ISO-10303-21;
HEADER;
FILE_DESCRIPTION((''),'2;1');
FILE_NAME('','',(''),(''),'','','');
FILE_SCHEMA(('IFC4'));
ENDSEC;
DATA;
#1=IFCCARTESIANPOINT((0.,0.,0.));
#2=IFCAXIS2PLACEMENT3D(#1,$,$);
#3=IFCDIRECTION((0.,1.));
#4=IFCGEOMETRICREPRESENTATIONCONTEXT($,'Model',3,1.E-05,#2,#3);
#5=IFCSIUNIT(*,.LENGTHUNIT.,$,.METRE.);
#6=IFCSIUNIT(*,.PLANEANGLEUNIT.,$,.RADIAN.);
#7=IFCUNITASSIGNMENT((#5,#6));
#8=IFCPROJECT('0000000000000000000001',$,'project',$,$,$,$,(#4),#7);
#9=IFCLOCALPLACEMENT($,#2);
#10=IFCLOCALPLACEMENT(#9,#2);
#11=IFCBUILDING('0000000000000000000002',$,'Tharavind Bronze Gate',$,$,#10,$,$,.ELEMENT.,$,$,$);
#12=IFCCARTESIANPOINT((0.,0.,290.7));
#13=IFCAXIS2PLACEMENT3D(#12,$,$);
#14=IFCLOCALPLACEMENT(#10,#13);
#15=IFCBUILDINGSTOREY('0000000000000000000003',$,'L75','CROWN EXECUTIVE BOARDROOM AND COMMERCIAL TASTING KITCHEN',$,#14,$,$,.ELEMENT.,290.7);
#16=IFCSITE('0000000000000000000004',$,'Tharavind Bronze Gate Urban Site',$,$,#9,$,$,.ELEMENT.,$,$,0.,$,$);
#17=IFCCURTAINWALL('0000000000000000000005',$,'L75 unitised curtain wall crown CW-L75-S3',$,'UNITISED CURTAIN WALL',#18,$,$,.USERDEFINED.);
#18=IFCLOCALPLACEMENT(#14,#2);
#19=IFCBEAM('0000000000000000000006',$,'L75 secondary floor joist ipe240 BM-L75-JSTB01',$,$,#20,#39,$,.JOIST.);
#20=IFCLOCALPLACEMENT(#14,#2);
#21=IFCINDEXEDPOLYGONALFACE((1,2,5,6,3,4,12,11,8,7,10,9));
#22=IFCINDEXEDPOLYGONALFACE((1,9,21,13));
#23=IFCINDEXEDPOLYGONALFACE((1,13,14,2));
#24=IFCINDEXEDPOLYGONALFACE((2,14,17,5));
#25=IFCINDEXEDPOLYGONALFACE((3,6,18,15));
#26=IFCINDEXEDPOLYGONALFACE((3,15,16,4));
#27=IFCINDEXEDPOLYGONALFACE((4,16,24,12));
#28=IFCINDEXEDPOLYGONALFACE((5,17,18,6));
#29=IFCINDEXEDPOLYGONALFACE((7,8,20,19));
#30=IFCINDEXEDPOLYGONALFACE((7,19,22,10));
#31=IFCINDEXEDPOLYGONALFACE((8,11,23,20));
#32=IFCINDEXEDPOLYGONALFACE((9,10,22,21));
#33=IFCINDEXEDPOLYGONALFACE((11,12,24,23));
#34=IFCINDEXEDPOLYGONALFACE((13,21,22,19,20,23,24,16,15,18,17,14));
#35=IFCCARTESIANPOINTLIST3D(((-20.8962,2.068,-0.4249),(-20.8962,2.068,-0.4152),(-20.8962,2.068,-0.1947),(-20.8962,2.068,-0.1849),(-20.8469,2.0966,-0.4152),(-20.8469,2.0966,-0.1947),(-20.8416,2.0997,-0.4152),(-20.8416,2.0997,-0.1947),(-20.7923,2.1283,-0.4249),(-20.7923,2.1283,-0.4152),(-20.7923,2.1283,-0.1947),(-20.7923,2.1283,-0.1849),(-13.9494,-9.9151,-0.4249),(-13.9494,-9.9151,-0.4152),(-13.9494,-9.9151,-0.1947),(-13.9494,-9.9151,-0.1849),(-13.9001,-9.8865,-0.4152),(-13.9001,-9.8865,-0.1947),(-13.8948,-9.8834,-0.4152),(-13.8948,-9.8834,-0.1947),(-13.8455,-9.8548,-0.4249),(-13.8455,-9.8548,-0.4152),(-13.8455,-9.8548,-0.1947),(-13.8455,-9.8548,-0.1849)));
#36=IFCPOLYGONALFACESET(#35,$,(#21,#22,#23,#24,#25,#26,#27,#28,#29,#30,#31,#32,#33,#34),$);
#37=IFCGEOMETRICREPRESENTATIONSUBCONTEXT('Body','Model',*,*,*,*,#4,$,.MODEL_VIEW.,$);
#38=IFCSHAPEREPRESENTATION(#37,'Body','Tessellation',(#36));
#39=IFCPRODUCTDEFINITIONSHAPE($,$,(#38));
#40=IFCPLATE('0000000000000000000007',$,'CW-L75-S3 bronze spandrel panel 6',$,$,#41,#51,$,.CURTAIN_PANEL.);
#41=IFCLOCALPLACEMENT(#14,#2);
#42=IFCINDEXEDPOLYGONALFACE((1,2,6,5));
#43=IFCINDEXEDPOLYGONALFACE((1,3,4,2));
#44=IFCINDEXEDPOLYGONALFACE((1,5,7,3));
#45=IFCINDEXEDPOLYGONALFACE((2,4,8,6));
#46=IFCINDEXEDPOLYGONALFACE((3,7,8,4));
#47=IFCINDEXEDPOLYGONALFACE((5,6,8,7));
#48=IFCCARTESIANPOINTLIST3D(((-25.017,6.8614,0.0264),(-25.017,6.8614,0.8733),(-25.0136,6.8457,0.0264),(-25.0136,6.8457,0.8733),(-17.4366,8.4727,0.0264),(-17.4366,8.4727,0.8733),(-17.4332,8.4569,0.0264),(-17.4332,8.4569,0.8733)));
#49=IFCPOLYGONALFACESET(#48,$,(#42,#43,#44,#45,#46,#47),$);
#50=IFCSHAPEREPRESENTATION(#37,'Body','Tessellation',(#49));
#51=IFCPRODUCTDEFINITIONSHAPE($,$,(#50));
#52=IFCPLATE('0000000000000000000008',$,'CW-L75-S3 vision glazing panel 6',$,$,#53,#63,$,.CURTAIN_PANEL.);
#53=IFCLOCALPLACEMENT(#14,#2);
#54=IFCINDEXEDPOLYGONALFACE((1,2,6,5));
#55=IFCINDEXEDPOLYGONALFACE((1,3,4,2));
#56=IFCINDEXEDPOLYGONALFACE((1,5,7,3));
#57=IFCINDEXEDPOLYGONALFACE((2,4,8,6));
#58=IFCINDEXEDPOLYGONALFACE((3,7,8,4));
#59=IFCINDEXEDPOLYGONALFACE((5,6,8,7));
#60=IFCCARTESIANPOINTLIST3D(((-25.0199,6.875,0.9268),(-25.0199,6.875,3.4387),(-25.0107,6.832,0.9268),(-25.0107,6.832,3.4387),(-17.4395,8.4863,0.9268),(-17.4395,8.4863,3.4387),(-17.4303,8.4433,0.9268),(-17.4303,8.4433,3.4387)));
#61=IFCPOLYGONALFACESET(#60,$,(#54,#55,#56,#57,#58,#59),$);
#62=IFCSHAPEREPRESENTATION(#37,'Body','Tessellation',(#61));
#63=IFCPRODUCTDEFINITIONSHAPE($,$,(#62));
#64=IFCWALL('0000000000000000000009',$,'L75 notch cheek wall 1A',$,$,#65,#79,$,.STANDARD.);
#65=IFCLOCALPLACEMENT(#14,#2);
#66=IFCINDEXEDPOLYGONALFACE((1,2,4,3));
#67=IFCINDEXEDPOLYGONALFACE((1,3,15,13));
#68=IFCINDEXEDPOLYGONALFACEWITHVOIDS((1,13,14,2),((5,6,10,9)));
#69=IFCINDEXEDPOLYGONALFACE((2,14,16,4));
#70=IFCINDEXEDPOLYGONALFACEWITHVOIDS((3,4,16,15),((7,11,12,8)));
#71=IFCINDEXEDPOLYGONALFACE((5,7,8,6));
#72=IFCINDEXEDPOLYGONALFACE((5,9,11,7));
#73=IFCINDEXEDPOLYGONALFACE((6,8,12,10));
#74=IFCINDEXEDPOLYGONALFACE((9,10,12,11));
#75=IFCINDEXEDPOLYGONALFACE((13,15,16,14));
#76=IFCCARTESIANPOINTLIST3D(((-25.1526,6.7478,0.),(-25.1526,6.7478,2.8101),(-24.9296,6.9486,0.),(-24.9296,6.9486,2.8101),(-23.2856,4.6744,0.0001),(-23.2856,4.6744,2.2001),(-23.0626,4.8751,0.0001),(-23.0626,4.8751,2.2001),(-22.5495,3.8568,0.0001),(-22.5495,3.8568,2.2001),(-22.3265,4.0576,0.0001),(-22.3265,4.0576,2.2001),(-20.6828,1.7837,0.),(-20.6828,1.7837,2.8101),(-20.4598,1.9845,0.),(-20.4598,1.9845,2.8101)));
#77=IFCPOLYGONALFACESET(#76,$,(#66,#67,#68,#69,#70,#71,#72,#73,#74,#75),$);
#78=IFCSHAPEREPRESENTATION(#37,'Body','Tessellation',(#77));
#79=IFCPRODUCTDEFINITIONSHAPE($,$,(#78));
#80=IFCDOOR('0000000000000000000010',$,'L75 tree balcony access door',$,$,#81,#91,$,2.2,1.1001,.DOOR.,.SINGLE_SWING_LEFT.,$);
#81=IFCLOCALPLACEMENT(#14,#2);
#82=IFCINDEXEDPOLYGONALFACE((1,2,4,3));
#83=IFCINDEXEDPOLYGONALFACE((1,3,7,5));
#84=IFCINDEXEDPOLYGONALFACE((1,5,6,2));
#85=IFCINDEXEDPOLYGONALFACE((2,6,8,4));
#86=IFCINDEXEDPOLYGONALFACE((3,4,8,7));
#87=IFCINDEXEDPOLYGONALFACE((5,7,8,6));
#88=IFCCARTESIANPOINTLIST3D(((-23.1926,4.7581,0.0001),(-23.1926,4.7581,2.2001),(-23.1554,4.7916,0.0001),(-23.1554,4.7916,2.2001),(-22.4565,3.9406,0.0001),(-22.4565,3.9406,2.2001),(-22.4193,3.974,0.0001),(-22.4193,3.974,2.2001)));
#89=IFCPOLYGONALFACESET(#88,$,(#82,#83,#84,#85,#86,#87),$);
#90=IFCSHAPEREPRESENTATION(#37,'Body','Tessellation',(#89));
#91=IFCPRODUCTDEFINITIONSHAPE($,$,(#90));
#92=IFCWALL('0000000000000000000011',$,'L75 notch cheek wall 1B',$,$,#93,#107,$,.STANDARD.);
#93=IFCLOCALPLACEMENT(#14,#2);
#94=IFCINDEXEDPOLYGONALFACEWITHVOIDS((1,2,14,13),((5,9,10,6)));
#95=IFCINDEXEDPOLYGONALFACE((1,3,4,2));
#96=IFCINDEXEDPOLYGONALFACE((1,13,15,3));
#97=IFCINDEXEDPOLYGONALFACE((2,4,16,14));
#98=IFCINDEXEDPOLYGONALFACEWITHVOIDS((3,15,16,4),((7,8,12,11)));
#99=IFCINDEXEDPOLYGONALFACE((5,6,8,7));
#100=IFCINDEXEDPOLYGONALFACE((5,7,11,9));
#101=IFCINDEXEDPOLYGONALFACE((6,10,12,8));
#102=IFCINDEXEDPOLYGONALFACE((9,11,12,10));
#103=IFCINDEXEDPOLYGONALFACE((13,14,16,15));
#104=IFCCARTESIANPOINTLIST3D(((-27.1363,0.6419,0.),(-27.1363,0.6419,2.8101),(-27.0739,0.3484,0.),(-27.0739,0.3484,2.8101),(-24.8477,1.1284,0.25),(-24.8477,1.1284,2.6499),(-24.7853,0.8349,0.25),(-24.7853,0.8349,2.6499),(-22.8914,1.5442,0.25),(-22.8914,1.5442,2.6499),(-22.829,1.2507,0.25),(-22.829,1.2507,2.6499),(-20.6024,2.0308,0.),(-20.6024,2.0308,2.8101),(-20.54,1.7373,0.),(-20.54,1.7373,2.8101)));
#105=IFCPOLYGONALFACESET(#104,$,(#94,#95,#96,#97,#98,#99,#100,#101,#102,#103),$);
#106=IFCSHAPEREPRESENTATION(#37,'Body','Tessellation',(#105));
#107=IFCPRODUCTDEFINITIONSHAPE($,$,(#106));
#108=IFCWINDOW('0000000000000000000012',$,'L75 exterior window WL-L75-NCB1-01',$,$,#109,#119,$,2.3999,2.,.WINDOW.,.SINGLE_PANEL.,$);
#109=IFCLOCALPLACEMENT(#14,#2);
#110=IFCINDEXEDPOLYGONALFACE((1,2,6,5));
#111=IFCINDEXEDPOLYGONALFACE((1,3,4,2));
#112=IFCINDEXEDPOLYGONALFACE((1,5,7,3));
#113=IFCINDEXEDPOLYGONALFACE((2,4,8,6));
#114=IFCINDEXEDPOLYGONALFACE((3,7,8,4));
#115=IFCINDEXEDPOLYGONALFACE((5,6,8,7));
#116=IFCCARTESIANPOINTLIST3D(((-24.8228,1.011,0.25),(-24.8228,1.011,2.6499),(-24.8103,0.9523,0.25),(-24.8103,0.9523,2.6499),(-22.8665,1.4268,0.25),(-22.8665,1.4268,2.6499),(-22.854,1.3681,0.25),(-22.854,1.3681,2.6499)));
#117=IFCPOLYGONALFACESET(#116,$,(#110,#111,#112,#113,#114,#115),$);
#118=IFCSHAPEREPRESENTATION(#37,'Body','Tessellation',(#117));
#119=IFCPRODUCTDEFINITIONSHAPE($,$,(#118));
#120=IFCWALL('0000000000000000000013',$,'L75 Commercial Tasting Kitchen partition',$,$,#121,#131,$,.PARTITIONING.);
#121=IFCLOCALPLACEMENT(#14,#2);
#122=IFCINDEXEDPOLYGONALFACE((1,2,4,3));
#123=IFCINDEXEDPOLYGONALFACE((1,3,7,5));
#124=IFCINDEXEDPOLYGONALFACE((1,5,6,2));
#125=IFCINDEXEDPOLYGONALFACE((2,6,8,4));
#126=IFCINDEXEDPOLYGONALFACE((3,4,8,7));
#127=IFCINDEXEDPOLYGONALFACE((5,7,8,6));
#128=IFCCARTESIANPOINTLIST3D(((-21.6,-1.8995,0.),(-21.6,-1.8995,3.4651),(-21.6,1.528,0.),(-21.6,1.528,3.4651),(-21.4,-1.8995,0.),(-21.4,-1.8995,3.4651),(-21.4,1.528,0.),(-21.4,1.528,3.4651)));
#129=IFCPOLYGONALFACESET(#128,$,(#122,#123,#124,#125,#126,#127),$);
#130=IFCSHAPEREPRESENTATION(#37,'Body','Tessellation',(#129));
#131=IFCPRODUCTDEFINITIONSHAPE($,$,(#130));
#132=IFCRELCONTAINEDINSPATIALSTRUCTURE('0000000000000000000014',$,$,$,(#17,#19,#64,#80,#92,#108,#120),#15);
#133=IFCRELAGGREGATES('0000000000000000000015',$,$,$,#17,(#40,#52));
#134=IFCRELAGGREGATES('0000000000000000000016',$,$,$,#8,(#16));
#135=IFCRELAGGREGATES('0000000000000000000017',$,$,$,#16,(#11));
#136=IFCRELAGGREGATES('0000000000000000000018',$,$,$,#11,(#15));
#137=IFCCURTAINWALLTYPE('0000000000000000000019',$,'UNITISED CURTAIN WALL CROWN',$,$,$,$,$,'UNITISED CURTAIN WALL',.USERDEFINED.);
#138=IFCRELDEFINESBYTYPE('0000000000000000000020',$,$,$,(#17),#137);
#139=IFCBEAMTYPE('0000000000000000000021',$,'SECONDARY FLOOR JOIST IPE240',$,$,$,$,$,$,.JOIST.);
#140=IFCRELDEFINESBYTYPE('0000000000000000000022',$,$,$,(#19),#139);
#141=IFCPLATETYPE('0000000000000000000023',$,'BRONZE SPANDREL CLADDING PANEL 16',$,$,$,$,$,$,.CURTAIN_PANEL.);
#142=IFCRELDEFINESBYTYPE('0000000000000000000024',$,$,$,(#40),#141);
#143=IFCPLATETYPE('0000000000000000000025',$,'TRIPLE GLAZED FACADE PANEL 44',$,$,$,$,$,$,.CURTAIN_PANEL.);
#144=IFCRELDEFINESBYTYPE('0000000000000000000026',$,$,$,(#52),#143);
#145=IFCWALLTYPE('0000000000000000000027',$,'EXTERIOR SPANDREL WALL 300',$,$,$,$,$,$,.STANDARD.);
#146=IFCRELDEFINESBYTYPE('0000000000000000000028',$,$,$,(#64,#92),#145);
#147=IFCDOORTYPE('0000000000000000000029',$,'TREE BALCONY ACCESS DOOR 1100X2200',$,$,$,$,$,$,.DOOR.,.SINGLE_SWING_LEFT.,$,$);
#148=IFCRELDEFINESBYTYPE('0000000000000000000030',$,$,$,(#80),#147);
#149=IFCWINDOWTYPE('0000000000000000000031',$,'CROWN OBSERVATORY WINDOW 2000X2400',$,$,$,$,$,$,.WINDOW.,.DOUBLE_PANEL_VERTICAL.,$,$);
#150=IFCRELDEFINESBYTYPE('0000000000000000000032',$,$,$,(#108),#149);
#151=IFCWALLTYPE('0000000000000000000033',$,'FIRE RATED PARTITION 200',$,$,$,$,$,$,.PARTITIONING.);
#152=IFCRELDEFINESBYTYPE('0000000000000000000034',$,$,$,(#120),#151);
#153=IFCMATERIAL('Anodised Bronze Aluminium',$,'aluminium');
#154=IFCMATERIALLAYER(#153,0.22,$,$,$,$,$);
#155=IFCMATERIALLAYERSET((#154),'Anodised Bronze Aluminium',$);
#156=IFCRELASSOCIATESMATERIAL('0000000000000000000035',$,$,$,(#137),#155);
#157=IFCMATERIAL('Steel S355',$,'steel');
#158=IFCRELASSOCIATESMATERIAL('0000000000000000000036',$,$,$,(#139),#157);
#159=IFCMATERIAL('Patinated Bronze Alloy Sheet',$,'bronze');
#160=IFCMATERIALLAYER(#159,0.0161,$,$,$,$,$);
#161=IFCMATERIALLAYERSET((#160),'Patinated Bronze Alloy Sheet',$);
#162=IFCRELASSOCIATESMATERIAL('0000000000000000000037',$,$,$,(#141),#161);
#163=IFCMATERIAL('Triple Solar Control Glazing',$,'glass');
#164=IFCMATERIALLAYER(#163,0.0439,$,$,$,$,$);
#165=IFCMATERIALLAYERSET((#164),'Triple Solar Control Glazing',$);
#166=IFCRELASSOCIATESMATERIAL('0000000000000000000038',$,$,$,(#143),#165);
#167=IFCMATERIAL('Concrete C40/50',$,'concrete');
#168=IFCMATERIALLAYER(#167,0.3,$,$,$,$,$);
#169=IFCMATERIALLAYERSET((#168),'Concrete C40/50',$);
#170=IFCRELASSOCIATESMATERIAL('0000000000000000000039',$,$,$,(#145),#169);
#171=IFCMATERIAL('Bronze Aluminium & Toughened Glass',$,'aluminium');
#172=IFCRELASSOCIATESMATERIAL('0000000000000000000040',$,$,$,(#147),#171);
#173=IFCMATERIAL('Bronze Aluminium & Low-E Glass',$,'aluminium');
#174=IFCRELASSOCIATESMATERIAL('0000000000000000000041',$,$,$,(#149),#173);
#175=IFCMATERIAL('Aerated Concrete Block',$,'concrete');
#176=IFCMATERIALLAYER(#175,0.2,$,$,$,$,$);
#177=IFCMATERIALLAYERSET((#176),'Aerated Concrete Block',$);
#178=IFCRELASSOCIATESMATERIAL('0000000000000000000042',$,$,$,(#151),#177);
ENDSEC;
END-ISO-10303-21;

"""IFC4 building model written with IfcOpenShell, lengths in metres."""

from ifc_helpers import new_model, si_unit, direction, frame, frame_2d, origin, origin_2d, place, context, subcontext, project, spatial, rectangle, i_section, extrude, material, layer, layer_set, material_profile, profile_set, type_object, element, fill, aggregate, save


model = new_model("IFC4")

# Units and contexts
model_context = context("Model", 3, precision=1e-05, world=origin(), true_north=direction((0.0, 1.0)))
body_context = subcontext(model_context, "Body", "Model", "MODEL_VIEW")
ifc_project = project(units=[si_unit("LENGTHUNIT", "METRE"), si_unit("PLANEANGLEUNIT", "RADIAN")], contexts=[model_context])

# Site, building, storey
site_placement = place(None, origin())
site = spatial("IfcSite", under=ifc_project, at=site_placement, Name="Tharavind Bronze Gate Urban Site", CompositionType="ELEMENT", RefElevation=0.0)
building_placement = place(site_placement, origin())
building = spatial("IfcBuilding", under=site, at=building_placement, Name="Tharavind Bronze Gate", CompositionType="ELEMENT")
storey_placement = place(building_placement, frame((0.0, 0.0, 290.7)))
storey = spatial("IfcBuildingStorey", under=building, at=storey_placement, Name="L75", Description="CROWN EXECUTIVE BOARDROOM AND COMMERCIAL TASTING KITCHEN", CompositionType="ELEMENT", Elevation=290.7)

# Shared definitions
ifc_material_1 = material(Name="Anodised Bronze Aluminium", Category="aluminium")
ifc_layer_1 = layer(ifc_material_1, 0.22)
ifc_layer_set_1 = layer_set([ifc_layer_1], Name="Anodised Bronze Aluminium")
curtain_wall_type = type_object("IfcCurtainWallType", Name="UNITISED CURTAIN WALL CROWN", ElementType="UNITISED CURTAIN WALL", PredefinedType="USERDEFINED", material=ifc_layer_set_1)

# Curtain wall
curtain_wall_1_placement = place(storey_placement, origin())
curtain_wall_1 = element("IfcCurtainWall", 1, at=curtain_wall_1_placement, inside=storey, type_object=curtain_wall_type, Name="L75 unitised curtain wall crown CW-L75-S3", ObjectType="UNITISED CURTAIN WALL", PredefinedType="USERDEFINED")

# Beam
ifc_material_2 = material(Name="Steel S355", Category="steel")
ifc_material_profile_1 = material_profile(ifc_material_2, i_section(OverallWidth=0.1201, OverallDepth=0.24, WebThickness=0.0061, FlangeThickness=0.0098, at=origin_2d()), Name="IPE240")
ifc_profile_set_1 = profile_set([ifc_material_profile_1], Name="Steel S355")
beam_type_1 = type_object("IfcBeamType", Name="SECONDARY FLOOR JOIST IPE240", PredefinedType="JOIST", material=ifc_profile_set_1)
beam_1_placement = place(storey_placement, frame((-20.8442, 2.0981, -0.3049), z_axis=(0.501532, -0.865139, 0.0), x_axis=(0.865139, 0.501532, 0.0)))
element("IfcBeam", 2, at=beam_1_placement, inside=storey, type_object=beam_type_1, Name="L75 secondary floor joist ipe240 BM-L75-JSTB01", PredefinedType="JOIST", context=body_context, shape_type="SweptSolid", body=[
    extrude(i_section(OverallWidth=0.1201, OverallDepth=0.24, WebThickness=0.0061, FlangeThickness=0.0098, at=origin_2d()), origin(), (0.0, 0.0, 1.0), 13.8511),
])

# Plates
ifc_material_3 = material(Name="Patinated Bronze Alloy Sheet", Category="bronze")
ifc_layer_2 = layer(ifc_material_3, 0.0161)
ifc_layer_set_2 = layer_set([ifc_layer_2], Name="Patinated Bronze Alloy Sheet")
plate_type_1 = type_object("IfcPlateType", Name="BRONZE SPANDREL CLADDING PANEL 16", PredefinedType="CURTAIN_PANEL", material=ifc_layer_set_2)
plate_1_placement = place(storey_placement, frame((-21.2251, 7.6592, 0.0264), z_axis=(0.0, 0.0, 1.0), x_axis=(-0.978147, -0.207913, 0.0)))
plate_1 = element("IfcPlate", 3, at=plate_1_placement, type_object=plate_type_1, Name="CW-L75-S3 bronze spandrel panel 6", PredefinedType="CURTAIN_PANEL", context=body_context, shape_type="SweptSolid", body=[
    extrude(rectangle(XDim=7.7498, YDim=0.0161, at=origin_2d()), origin(), (0.0, 0.0, 1.0), 0.8469),
])
ifc_material_4 = material(Name="Triple Solar Control Glazing", Category="glass")
ifc_layer_3 = layer(ifc_material_4, 0.0439)
ifc_layer_set_3 = layer_set([ifc_layer_3], Name="Triple Solar Control Glazing")
plate_type_2 = type_object("IfcPlateType", Name="TRIPLE GLAZED FACADE PANEL 44", PredefinedType="CURTAIN_PANEL", material=ifc_layer_set_3)
plate_2_placement = place(storey_placement, frame((-21.2251, 7.6592, 0.9268), z_axis=(0.0, 0.0, 1.0), x_axis=(-0.978147, -0.207913, 0.0)))
plate_2 = element("IfcPlate", 4, at=plate_2_placement, type_object=plate_type_2, Name="CW-L75-S3 vision glazing panel 6", PredefinedType="CURTAIN_PANEL", context=body_context, shape_type="SweptSolid", body=[
    extrude(rectangle(XDim=7.7498, YDim=0.0439, at=origin_2d()), origin(), (0.0, 0.0, 1.0), 2.512),
])
aggregate(curtain_wall_1, [plate_1, plate_2])

# Wall, opening, door
ifc_material_5 = material(Name="Concrete C40/50", Category="concrete")
ifc_layer_4 = layer(ifc_material_5, 0.3)
ifc_layer_set_4 = layer_set([ifc_layer_4], Name="Concrete C40/50")
wall_type_1 = type_object("IfcWallType", Name="EXTERIOR SPANDREL WALL 300", PredefinedType="STANDARD", material=ifc_layer_set_4)
wall_1_placement = place(storey_placement, frame((-25.041, 6.8481, 0.0), z_axis=(0.0, 0.0, 1.0), x_axis=(0.669132, -0.743143, 0.0)))
wall_1 = element("IfcWall", 5, at=wall_1_placement, inside=storey, type_object=wall_type_1, Name="L75 notch cheek wall 1A", PredefinedType="STANDARD", context=body_context, shape_type="SweptSolid", body=[
    extrude(rectangle(XDim=6.6799, YDim=0.3, at=frame_2d((3.3398, 0.0))), origin(), (0.0, 0.0, 1.0), 2.8101),
])
opening_1_placement = place(wall_1_placement, frame((2.79, 0.0, 0.0)))
opening_1 = element("IfcOpeningElement", 6, at=opening_1_placement, cuts=wall_1, PredefinedType="OPENING", context=body_context, shape_type="SweptSolid", body=[
    extrude(rectangle(XDim=1.1001, YDim=2.2, at=frame_2d((0.55, 1.1001))), frame((0.0, 0.1599, 0.0), z_axis=(0.0, -1.0, 0.0), x_axis=(1.0, 0.0, 0.0)), (0.0, 0.0, 1.0), 0.32),
])
ifc_material_6 = material(Name="Bronze Aluminium & Toughened Glass", Category="aluminium")
door_type = type_object("IfcDoorType", Name="TREE BALCONY ACCESS DOOR 1100X2200", OperationType="SINGLE_SWING_LEFT", PredefinedType="DOOR", material=ifc_material_6)
door_placement = place(opening_1_placement, frame((1.1001, 0.0, 0.0), z_axis=(0.0, 0.0, 1.0), x_axis=(-1.0, 0.0, 0.0)))
door = element("IfcDoor", 7, at=door_placement, inside=storey, type_object=door_type, Name="L75 tree balcony access door", OperationType="SINGLE_SWING_LEFT", OverallHeight=2.2, OverallWidth=1.1001, PredefinedType="DOOR", context=body_context, shape_type="SweptSolid", body=[
    extrude(rectangle(XDim=1.1001, YDim=2.2, at=frame_2d((0.55, 1.1001))), frame((0.0, 0.0249, 0.0), z_axis=(0.0, -1.0, 0.0), x_axis=(1.0, 0.0, 0.0)), (0.0, 0.0, 1.0), 0.05),
])
fill(opening_1, door)

# Wall, opening, window
wall_2_placement = place(storey_placement, frame((-20.5713, 1.884, 0.0), z_axis=(0.0, 0.0, 1.0), x_axis=(-0.978145, -0.207924, 0.0)))
wall_2 = element("IfcWall", 8, at=wall_2_placement, inside=storey, type_object=wall_type_1, Name="L75 notch cheek wall 1B", PredefinedType="STANDARD", context=body_context, shape_type="SweptSolid", body=[
    extrude(rectangle(XDim=6.6799, YDim=0.3, at=frame_2d((3.3398, 0.0))), origin(), (0.0, 0.0, 1.0), 2.8101),
])
opening_2_placement = place(wall_2_placement, frame((2.3401, 0.0, 0.25)))
opening_2 = element("IfcOpeningElement", 9, at=opening_2_placement, cuts=wall_2, PredefinedType="OPENING", context=body_context, shape_type="SweptSolid", body=[
    extrude(rectangle(XDim=2.0, YDim=2.3999, at=frame_2d((1.0, 1.2))), frame((0.0, 0.1599, 0.0), z_axis=(0.0, -1.0, 0.0), x_axis=(1.0, 0.0, 0.0)), (0.0, 0.0, 1.0), 0.32),
])
ifc_material_7 = material(Name="Bronze Aluminium & Low-E Glass", Category="aluminium")
window_type = type_object("IfcWindowType", Name="CROWN OBSERVATORY WINDOW 2000X2400", PartitioningType="DOUBLE_PANEL_VERTICAL", PredefinedType="WINDOW", material=ifc_material_7)
window_placement = place(opening_2_placement, origin())
window = element("IfcWindow", 10, at=window_placement, inside=storey, type_object=window_type, Name="L75 exterior window WL-L75-NCB1-01", OverallHeight=2.3999, OverallWidth=2.0, PartitioningType="SINGLE_PANEL", PredefinedType="WINDOW", context=body_context, shape_type="SweptSolid", body=[
    extrude(rectangle(XDim=2.0, YDim=2.3999, at=frame_2d((1.0, 1.2))), frame((0.0, 0.03, 0.0), z_axis=(0.0, -1.0, 0.0), x_axis=(1.0, 0.0, 0.0)), (0.0, 0.0, 1.0), 0.0601),
])
fill(opening_2, window)

# Wall
ifc_material_8 = material(Name="Aerated Concrete Block", Category="concrete")
ifc_layer_5 = layer(ifc_material_8, 0.2)
ifc_layer_set_5 = layer_set([ifc_layer_5], Name="Aerated Concrete Block")
wall_type_2 = type_object("IfcWallType", Name="FIRE RATED PARTITION 200", PredefinedType="PARTITIONING", material=ifc_layer_set_5)
wall_3_placement = place(storey_placement, frame((-21.5, 1.5281, 0.0), z_axis=(0.0, 0.0, 1.0), x_axis=(0.0, -1.0, 0.0)))
element("IfcWall", 11, at=wall_3_placement, inside=storey, type_object=wall_type_2, Name="L75 Commercial Tasting Kitchen partition", PredefinedType="PARTITIONING", context=body_context, shape_type="SweptSolid", body=[
    extrude(rectangle(XDim=3.4275, YDim=0.2, at=frame_2d((1.7139, 0.0))), origin(), (0.0, 0.0, 1.0), 3.4651),
])

save(model, "model.ifc")
